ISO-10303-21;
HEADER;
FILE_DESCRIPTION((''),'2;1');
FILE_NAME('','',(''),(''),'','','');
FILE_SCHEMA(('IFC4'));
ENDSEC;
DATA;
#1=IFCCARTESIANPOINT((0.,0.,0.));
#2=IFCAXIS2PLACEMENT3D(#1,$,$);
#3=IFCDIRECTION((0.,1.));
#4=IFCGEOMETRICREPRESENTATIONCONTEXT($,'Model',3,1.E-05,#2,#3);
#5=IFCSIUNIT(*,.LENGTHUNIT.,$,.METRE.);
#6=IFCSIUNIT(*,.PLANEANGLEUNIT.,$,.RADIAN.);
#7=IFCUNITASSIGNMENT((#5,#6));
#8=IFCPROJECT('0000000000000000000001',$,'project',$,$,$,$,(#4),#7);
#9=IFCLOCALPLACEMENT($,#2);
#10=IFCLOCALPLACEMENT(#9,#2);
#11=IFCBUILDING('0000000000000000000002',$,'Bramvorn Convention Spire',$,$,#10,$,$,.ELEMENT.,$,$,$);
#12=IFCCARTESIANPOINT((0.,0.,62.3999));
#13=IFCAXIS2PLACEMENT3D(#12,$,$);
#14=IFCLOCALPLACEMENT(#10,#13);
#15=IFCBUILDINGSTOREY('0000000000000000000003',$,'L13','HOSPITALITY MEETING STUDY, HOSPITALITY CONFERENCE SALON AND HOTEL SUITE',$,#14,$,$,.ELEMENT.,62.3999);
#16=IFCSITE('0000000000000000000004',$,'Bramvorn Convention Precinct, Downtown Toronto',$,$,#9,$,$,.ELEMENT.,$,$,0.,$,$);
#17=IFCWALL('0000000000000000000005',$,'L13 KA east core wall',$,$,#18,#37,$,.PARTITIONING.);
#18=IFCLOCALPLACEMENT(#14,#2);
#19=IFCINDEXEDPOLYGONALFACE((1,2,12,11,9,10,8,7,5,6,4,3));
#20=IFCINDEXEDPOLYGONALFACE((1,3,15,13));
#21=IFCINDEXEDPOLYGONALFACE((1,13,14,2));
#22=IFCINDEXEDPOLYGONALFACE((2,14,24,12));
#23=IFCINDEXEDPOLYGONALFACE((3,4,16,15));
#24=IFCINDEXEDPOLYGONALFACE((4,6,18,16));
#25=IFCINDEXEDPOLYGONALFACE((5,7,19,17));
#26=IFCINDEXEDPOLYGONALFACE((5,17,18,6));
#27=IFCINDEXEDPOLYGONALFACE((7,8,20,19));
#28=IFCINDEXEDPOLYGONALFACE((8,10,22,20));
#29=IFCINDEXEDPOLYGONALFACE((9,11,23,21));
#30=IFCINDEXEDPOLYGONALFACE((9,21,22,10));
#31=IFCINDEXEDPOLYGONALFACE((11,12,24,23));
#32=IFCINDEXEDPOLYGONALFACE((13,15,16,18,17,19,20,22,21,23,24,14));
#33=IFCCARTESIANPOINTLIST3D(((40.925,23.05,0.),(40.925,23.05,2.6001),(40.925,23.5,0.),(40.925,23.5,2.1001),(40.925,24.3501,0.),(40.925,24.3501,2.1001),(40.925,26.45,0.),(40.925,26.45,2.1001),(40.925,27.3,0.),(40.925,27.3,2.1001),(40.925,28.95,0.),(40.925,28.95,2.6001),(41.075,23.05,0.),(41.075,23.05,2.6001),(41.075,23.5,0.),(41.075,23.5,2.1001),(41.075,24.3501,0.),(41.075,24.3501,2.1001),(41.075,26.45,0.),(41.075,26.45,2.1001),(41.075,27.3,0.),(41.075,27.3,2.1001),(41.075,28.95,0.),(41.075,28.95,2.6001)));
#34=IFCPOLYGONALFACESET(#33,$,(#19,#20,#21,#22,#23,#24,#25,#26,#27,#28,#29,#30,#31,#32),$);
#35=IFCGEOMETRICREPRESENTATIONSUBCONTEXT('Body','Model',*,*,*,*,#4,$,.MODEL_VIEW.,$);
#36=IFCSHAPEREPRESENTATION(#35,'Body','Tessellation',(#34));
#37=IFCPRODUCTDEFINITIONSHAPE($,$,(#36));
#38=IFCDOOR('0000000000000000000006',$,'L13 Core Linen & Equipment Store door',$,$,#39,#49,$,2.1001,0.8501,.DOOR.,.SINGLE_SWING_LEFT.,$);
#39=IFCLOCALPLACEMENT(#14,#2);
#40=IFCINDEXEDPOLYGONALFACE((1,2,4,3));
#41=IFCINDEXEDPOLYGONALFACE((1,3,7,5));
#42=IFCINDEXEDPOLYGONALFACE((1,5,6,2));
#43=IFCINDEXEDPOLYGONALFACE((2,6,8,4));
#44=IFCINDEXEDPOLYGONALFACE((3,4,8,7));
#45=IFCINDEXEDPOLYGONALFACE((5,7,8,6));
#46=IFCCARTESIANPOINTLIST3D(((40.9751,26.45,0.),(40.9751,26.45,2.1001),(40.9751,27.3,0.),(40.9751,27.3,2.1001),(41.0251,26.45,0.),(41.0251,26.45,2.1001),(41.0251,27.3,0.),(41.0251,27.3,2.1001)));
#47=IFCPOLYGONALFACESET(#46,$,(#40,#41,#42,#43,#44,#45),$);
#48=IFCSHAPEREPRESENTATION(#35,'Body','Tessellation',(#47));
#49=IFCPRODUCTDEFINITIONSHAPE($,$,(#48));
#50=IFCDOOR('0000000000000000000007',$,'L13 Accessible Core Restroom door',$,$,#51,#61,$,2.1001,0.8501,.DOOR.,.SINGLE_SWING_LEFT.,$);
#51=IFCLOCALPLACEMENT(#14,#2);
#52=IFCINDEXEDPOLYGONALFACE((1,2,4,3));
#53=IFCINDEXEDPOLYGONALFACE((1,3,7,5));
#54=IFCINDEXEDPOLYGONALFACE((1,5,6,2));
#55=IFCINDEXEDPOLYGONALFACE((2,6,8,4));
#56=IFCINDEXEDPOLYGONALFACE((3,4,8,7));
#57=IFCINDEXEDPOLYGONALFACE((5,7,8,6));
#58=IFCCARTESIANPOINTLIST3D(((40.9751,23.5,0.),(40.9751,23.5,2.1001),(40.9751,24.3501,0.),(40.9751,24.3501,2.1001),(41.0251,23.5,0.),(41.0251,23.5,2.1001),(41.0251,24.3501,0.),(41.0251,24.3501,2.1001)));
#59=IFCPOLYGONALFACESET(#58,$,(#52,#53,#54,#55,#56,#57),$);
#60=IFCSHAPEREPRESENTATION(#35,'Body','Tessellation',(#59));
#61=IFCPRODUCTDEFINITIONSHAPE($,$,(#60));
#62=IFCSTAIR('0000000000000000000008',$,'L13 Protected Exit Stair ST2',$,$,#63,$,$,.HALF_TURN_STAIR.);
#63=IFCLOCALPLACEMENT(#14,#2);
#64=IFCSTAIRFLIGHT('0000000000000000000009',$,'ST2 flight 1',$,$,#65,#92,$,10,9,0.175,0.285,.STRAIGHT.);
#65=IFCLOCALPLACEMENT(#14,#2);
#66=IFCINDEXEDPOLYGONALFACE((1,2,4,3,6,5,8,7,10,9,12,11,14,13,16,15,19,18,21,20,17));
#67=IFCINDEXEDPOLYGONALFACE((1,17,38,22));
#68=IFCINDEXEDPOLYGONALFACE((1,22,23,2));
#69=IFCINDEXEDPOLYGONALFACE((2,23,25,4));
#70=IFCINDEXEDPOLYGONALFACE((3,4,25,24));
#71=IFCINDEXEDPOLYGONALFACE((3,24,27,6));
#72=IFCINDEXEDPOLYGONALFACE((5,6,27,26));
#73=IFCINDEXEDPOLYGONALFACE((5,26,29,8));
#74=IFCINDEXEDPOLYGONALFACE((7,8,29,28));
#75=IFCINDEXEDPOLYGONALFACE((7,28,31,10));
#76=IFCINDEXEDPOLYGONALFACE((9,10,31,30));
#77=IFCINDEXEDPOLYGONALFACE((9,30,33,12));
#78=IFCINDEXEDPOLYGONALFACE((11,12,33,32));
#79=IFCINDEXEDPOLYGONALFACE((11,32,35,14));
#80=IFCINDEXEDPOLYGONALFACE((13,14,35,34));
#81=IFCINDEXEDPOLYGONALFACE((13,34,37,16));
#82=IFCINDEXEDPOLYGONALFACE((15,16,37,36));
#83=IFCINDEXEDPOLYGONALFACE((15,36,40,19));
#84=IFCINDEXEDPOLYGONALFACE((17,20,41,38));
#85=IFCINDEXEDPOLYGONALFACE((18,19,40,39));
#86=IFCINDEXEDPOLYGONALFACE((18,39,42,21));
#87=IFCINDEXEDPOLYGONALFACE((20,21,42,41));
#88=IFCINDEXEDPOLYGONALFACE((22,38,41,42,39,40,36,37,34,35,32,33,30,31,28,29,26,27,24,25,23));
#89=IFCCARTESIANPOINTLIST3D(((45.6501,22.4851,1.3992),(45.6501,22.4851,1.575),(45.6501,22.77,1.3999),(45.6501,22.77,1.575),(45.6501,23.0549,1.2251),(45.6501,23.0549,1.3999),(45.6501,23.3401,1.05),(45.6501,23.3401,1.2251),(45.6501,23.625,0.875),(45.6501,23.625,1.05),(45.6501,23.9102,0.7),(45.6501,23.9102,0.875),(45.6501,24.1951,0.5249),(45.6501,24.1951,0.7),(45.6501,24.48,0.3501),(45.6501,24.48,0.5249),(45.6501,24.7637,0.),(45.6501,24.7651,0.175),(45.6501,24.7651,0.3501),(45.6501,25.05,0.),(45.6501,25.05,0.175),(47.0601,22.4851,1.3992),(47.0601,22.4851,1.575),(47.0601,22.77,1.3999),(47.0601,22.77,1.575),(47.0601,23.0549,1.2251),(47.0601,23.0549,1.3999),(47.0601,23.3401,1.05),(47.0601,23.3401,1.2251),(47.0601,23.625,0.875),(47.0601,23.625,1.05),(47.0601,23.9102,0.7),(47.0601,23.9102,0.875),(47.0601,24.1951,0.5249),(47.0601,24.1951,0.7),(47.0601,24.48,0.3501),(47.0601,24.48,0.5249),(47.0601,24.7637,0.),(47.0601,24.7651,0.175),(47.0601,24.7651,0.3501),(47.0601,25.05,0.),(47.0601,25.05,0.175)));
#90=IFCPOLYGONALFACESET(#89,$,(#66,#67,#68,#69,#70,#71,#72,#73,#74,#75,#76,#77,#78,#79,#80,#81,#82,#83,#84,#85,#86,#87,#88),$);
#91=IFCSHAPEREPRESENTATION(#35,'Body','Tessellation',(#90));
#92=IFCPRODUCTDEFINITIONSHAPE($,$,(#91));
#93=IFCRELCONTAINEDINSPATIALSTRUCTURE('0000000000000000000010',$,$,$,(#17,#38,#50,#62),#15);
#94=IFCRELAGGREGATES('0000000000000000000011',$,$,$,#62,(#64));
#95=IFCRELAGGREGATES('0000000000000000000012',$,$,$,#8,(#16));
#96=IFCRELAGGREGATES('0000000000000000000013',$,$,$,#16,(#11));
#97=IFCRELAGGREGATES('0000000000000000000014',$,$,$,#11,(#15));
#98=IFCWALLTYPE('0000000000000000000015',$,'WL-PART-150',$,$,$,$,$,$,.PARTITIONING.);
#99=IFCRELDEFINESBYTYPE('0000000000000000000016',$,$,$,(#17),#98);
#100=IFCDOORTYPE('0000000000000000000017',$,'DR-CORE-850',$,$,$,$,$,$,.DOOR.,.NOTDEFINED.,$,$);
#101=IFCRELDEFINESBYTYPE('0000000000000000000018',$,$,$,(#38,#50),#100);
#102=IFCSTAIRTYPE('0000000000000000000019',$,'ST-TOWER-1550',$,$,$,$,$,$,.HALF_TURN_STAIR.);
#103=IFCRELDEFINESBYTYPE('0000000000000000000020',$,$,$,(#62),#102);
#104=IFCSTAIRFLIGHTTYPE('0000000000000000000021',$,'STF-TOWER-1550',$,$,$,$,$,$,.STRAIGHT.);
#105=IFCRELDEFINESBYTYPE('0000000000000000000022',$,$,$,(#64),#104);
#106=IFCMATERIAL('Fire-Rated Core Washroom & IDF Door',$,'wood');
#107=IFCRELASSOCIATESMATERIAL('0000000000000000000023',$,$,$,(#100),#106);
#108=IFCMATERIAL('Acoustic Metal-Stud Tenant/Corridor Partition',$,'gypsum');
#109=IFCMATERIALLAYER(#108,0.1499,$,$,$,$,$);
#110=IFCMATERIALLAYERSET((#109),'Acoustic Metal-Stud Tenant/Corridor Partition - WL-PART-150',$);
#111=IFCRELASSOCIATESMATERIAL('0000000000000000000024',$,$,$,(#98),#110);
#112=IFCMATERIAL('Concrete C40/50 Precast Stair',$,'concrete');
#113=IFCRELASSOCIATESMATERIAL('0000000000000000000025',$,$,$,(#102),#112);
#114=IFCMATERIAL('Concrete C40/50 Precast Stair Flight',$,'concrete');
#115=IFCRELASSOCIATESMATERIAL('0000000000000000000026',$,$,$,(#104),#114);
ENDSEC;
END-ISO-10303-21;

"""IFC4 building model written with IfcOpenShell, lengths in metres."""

from ifc_helpers import new_model, si_unit, direction, frame, frame_2d, origin, place, context, subcontext, project, spatial, polyline, rectangle, outline, extrude, material, layer, layer_set, type_object, element, fill, aggregate, save


model = new_model("IFC4")

# Units and contexts
model_context = context("Model", 3, precision=1e-05, world=origin(), true_north=direction((0.0, 1.0)))
body_context = subcontext(model_context, "Body", "Model", "MODEL_VIEW")
ifc_project = project(units=[si_unit("LENGTHUNIT", "METRE"), si_unit("PLANEANGLEUNIT", "RADIAN")], contexts=[model_context])

# Site, building, storey
site_placement = place(None, origin())
site = spatial("IfcSite", under=ifc_project, at=site_placement, Name="Bramvorn Convention Precinct, Downtown Toronto", CompositionType="ELEMENT", RefElevation=0.0)
building_placement = place(site_placement, origin())
building = spatial("IfcBuilding", under=site, at=building_placement, Name="Bramvorn Convention Spire", CompositionType="ELEMENT")
storey_placement = place(building_placement, frame((0.0, 0.0, 62.3999)))
storey = spatial("IfcBuildingStorey", under=building, at=storey_placement, Name="L13", Description="HOSPITALITY MEETING STUDY, HOSPITALITY CONFERENCE SALON AND HOTEL SUITE", CompositionType="ELEMENT", Elevation=62.3999)

# Shared definitions
ifc_material_1 = material(Name="Fire-Rated Core Washroom & IDF Door", Category="wood")
door_type_1 = type_object("IfcDoorType", Name="DR-CORE-850", OperationType="NOTDEFINED", PredefinedType="DOOR", material=ifc_material_1)

# Shared definitions
ifc_material_2 = material(Name="Acoustic Metal-Stud Tenant/Corridor Partition", Category="gypsum")
ifc_layer_1 = layer(ifc_material_2, 0.1499)
ifc_layer_set_1 = layer_set([ifc_layer_1], Name="Acoustic Metal-Stud Tenant/Corridor Partition - WL-PART-150")
wall_type_1 = type_object("IfcWallType", Name="WL-PART-150", PredefinedType="PARTITIONING", material=ifc_layer_set_1)

# Wall, openings, doors
wall_1_placement = place(storey_placement, frame((41.0, 23.05, 0.0), z_axis=(0.0, 0.0, 1.0), x_axis=(0.0, 1.0, 0.0)))
wall_1 = element("IfcWall", 1, at=wall_1_placement, inside=storey, type_object=wall_type_1, Name="L13 KA east core wall", PredefinedType="PARTITIONING", context=body_context, shape_type="SweptSolid", body=[
    extrude(rectangle(XDim=5.8999, YDim=0.1499, at=frame_2d((2.95, 0.0))), origin(), (0.0, 0.0, 1.0), 2.6001),
])
opening_1_placement = place(wall_1_placement, frame((3.3999, 0.0, 0.0)))
opening_1 = element("IfcOpeningElement", 2, at=opening_1_placement, cuts=wall_1, PredefinedType="OPENING", context=body_context, shape_type="SweptSolid", body=[
    extrude(rectangle(XDim=0.8501, YDim=2.1001, at=frame_2d((0.425, 1.05))), frame((0.0, 0.085, 0.0), z_axis=(0.0, -1.0, 0.0), x_axis=(1.0, 0.0, 0.0)), (0.0, 0.0, 1.0), 0.1699),
])
opening_2_placement = place(wall_1_placement, frame((0.45, 0.0, 0.0)))
opening_2 = element("IfcOpeningElement", 3, at=opening_2_placement, cuts=wall_1, PredefinedType="OPENING", context=body_context, shape_type="SweptSolid", body=[
    extrude(rectangle(XDim=0.8501, YDim=2.1001, at=frame_2d((0.425, 1.05))), frame((0.0, 0.085, 0.0), z_axis=(0.0, -1.0, 0.0), x_axis=(1.0, 0.0, 0.0)), (0.0, 0.0, 1.0), 0.1699),
])
door_1_placement = place(opening_1_placement, origin())
door_1 = element("IfcDoor", 4, at=door_1_placement, inside=storey, type_object=door_type_1, Name="L13 Core Linen & Equipment Store door", OperationType="SINGLE_SWING_LEFT", OverallHeight=2.1001, OverallWidth=0.8501, PredefinedType="DOOR", context=body_context, shape_type="SweptSolid", body=[
    extrude(rectangle(XDim=0.8501, YDim=2.1001, at=frame_2d((0.425, 1.05))), frame((0.0, 0.0249, 0.0), z_axis=(0.0, -1.0, 0.0), x_axis=(1.0, 0.0, 0.0)), (0.0, 0.0, 1.0), 0.05),
])
fill(opening_1, door_1)
door_2_placement = place(opening_2_placement, origin())
door_2 = element("IfcDoor", 5, at=door_2_placement, inside=storey, type_object=door_type_1, Name="L13 Accessible Core Restroom door", OperationType="SINGLE_SWING_LEFT", OverallHeight=2.1001, OverallWidth=0.8501, PredefinedType="DOOR", context=body_context, shape_type="SweptSolid", body=[
    extrude(rectangle(XDim=0.8501, YDim=2.1001, at=frame_2d((0.425, 1.05))), frame((0.0, 0.0249, 0.0), z_axis=(0.0, -1.0, 0.0), x_axis=(1.0, 0.0, 0.0)), (0.0, 0.0, 1.0), 0.05),
])
fill(opening_2, door_2)

# Stair, stair flight
ifc_material_3 = material(Name="Concrete C40/50 Precast Stair", Category="concrete")
stair_type = type_object("IfcStairType", Name="ST-TOWER-1550", PredefinedType="HALF_TURN_STAIR", material=ifc_material_3)
stair_placement = place(storey_placement, origin())
stair = element("IfcStair", 6, at=stair_placement, inside=storey, type_object=stair_type, Name="L13 Protected Exit Stair ST2", PredefinedType="HALF_TURN_STAIR")
ifc_material_4 = material(Name="Concrete C40/50 Precast Stair Flight", Category="concrete")
stair_flight_type = type_object("IfcStairFlightType", Name="STF-TOWER-1550", PredefinedType="STRAIGHT", material=ifc_material_4)
stair_flight_placement = place(storey_placement, frame((46.355, 25.05, 0.0), z_axis=(0.0, 0.0, 1.0), x_axis=(0.0, -1.0, 0.0)))
stair_flight = element("IfcStairFlight", 7, at=stair_flight_placement, type_object=stair_flight_type, Name="ST2 flight 1", NumberOfRisers=10, NumberOfTreads=9, PredefinedType="STRAIGHT", RiserHeight=0.175, TreadLength=0.285, context=body_context, shape_type="SweptSolid", body=[
    extrude(outline(polyline([(0.0, 0.0), (0.0, 0.175), (0.2849, 0.175), (0.2849, 0.3501), (0.5701, 0.3501), (0.5701, 0.5249), (0.855, 0.5249), (0.855, 0.7), (1.1399, 0.7), (1.1399, 0.875), (1.425, 0.875), (1.425, 1.05), (1.71, 1.05), (1.71, 1.2251), (1.9951, 1.2251), (1.9951, 1.3999), (2.28, 1.3999), (2.28, 1.575), (2.5649, 1.575), (2.5649, 1.75), (2.5649, 1.3992), (0.2864, 0.0), (0.0, 0.0)])), frame((0.0, 0.7051, 0.0), z_axis=(0.0, -1.0, 0.0), x_axis=(1.0, 0.0, 0.0)), (0.0, 0.0, 1.0), 1.4099),
])
aggregate(stair, [stair_flight])

save(model, "model.ifc")
